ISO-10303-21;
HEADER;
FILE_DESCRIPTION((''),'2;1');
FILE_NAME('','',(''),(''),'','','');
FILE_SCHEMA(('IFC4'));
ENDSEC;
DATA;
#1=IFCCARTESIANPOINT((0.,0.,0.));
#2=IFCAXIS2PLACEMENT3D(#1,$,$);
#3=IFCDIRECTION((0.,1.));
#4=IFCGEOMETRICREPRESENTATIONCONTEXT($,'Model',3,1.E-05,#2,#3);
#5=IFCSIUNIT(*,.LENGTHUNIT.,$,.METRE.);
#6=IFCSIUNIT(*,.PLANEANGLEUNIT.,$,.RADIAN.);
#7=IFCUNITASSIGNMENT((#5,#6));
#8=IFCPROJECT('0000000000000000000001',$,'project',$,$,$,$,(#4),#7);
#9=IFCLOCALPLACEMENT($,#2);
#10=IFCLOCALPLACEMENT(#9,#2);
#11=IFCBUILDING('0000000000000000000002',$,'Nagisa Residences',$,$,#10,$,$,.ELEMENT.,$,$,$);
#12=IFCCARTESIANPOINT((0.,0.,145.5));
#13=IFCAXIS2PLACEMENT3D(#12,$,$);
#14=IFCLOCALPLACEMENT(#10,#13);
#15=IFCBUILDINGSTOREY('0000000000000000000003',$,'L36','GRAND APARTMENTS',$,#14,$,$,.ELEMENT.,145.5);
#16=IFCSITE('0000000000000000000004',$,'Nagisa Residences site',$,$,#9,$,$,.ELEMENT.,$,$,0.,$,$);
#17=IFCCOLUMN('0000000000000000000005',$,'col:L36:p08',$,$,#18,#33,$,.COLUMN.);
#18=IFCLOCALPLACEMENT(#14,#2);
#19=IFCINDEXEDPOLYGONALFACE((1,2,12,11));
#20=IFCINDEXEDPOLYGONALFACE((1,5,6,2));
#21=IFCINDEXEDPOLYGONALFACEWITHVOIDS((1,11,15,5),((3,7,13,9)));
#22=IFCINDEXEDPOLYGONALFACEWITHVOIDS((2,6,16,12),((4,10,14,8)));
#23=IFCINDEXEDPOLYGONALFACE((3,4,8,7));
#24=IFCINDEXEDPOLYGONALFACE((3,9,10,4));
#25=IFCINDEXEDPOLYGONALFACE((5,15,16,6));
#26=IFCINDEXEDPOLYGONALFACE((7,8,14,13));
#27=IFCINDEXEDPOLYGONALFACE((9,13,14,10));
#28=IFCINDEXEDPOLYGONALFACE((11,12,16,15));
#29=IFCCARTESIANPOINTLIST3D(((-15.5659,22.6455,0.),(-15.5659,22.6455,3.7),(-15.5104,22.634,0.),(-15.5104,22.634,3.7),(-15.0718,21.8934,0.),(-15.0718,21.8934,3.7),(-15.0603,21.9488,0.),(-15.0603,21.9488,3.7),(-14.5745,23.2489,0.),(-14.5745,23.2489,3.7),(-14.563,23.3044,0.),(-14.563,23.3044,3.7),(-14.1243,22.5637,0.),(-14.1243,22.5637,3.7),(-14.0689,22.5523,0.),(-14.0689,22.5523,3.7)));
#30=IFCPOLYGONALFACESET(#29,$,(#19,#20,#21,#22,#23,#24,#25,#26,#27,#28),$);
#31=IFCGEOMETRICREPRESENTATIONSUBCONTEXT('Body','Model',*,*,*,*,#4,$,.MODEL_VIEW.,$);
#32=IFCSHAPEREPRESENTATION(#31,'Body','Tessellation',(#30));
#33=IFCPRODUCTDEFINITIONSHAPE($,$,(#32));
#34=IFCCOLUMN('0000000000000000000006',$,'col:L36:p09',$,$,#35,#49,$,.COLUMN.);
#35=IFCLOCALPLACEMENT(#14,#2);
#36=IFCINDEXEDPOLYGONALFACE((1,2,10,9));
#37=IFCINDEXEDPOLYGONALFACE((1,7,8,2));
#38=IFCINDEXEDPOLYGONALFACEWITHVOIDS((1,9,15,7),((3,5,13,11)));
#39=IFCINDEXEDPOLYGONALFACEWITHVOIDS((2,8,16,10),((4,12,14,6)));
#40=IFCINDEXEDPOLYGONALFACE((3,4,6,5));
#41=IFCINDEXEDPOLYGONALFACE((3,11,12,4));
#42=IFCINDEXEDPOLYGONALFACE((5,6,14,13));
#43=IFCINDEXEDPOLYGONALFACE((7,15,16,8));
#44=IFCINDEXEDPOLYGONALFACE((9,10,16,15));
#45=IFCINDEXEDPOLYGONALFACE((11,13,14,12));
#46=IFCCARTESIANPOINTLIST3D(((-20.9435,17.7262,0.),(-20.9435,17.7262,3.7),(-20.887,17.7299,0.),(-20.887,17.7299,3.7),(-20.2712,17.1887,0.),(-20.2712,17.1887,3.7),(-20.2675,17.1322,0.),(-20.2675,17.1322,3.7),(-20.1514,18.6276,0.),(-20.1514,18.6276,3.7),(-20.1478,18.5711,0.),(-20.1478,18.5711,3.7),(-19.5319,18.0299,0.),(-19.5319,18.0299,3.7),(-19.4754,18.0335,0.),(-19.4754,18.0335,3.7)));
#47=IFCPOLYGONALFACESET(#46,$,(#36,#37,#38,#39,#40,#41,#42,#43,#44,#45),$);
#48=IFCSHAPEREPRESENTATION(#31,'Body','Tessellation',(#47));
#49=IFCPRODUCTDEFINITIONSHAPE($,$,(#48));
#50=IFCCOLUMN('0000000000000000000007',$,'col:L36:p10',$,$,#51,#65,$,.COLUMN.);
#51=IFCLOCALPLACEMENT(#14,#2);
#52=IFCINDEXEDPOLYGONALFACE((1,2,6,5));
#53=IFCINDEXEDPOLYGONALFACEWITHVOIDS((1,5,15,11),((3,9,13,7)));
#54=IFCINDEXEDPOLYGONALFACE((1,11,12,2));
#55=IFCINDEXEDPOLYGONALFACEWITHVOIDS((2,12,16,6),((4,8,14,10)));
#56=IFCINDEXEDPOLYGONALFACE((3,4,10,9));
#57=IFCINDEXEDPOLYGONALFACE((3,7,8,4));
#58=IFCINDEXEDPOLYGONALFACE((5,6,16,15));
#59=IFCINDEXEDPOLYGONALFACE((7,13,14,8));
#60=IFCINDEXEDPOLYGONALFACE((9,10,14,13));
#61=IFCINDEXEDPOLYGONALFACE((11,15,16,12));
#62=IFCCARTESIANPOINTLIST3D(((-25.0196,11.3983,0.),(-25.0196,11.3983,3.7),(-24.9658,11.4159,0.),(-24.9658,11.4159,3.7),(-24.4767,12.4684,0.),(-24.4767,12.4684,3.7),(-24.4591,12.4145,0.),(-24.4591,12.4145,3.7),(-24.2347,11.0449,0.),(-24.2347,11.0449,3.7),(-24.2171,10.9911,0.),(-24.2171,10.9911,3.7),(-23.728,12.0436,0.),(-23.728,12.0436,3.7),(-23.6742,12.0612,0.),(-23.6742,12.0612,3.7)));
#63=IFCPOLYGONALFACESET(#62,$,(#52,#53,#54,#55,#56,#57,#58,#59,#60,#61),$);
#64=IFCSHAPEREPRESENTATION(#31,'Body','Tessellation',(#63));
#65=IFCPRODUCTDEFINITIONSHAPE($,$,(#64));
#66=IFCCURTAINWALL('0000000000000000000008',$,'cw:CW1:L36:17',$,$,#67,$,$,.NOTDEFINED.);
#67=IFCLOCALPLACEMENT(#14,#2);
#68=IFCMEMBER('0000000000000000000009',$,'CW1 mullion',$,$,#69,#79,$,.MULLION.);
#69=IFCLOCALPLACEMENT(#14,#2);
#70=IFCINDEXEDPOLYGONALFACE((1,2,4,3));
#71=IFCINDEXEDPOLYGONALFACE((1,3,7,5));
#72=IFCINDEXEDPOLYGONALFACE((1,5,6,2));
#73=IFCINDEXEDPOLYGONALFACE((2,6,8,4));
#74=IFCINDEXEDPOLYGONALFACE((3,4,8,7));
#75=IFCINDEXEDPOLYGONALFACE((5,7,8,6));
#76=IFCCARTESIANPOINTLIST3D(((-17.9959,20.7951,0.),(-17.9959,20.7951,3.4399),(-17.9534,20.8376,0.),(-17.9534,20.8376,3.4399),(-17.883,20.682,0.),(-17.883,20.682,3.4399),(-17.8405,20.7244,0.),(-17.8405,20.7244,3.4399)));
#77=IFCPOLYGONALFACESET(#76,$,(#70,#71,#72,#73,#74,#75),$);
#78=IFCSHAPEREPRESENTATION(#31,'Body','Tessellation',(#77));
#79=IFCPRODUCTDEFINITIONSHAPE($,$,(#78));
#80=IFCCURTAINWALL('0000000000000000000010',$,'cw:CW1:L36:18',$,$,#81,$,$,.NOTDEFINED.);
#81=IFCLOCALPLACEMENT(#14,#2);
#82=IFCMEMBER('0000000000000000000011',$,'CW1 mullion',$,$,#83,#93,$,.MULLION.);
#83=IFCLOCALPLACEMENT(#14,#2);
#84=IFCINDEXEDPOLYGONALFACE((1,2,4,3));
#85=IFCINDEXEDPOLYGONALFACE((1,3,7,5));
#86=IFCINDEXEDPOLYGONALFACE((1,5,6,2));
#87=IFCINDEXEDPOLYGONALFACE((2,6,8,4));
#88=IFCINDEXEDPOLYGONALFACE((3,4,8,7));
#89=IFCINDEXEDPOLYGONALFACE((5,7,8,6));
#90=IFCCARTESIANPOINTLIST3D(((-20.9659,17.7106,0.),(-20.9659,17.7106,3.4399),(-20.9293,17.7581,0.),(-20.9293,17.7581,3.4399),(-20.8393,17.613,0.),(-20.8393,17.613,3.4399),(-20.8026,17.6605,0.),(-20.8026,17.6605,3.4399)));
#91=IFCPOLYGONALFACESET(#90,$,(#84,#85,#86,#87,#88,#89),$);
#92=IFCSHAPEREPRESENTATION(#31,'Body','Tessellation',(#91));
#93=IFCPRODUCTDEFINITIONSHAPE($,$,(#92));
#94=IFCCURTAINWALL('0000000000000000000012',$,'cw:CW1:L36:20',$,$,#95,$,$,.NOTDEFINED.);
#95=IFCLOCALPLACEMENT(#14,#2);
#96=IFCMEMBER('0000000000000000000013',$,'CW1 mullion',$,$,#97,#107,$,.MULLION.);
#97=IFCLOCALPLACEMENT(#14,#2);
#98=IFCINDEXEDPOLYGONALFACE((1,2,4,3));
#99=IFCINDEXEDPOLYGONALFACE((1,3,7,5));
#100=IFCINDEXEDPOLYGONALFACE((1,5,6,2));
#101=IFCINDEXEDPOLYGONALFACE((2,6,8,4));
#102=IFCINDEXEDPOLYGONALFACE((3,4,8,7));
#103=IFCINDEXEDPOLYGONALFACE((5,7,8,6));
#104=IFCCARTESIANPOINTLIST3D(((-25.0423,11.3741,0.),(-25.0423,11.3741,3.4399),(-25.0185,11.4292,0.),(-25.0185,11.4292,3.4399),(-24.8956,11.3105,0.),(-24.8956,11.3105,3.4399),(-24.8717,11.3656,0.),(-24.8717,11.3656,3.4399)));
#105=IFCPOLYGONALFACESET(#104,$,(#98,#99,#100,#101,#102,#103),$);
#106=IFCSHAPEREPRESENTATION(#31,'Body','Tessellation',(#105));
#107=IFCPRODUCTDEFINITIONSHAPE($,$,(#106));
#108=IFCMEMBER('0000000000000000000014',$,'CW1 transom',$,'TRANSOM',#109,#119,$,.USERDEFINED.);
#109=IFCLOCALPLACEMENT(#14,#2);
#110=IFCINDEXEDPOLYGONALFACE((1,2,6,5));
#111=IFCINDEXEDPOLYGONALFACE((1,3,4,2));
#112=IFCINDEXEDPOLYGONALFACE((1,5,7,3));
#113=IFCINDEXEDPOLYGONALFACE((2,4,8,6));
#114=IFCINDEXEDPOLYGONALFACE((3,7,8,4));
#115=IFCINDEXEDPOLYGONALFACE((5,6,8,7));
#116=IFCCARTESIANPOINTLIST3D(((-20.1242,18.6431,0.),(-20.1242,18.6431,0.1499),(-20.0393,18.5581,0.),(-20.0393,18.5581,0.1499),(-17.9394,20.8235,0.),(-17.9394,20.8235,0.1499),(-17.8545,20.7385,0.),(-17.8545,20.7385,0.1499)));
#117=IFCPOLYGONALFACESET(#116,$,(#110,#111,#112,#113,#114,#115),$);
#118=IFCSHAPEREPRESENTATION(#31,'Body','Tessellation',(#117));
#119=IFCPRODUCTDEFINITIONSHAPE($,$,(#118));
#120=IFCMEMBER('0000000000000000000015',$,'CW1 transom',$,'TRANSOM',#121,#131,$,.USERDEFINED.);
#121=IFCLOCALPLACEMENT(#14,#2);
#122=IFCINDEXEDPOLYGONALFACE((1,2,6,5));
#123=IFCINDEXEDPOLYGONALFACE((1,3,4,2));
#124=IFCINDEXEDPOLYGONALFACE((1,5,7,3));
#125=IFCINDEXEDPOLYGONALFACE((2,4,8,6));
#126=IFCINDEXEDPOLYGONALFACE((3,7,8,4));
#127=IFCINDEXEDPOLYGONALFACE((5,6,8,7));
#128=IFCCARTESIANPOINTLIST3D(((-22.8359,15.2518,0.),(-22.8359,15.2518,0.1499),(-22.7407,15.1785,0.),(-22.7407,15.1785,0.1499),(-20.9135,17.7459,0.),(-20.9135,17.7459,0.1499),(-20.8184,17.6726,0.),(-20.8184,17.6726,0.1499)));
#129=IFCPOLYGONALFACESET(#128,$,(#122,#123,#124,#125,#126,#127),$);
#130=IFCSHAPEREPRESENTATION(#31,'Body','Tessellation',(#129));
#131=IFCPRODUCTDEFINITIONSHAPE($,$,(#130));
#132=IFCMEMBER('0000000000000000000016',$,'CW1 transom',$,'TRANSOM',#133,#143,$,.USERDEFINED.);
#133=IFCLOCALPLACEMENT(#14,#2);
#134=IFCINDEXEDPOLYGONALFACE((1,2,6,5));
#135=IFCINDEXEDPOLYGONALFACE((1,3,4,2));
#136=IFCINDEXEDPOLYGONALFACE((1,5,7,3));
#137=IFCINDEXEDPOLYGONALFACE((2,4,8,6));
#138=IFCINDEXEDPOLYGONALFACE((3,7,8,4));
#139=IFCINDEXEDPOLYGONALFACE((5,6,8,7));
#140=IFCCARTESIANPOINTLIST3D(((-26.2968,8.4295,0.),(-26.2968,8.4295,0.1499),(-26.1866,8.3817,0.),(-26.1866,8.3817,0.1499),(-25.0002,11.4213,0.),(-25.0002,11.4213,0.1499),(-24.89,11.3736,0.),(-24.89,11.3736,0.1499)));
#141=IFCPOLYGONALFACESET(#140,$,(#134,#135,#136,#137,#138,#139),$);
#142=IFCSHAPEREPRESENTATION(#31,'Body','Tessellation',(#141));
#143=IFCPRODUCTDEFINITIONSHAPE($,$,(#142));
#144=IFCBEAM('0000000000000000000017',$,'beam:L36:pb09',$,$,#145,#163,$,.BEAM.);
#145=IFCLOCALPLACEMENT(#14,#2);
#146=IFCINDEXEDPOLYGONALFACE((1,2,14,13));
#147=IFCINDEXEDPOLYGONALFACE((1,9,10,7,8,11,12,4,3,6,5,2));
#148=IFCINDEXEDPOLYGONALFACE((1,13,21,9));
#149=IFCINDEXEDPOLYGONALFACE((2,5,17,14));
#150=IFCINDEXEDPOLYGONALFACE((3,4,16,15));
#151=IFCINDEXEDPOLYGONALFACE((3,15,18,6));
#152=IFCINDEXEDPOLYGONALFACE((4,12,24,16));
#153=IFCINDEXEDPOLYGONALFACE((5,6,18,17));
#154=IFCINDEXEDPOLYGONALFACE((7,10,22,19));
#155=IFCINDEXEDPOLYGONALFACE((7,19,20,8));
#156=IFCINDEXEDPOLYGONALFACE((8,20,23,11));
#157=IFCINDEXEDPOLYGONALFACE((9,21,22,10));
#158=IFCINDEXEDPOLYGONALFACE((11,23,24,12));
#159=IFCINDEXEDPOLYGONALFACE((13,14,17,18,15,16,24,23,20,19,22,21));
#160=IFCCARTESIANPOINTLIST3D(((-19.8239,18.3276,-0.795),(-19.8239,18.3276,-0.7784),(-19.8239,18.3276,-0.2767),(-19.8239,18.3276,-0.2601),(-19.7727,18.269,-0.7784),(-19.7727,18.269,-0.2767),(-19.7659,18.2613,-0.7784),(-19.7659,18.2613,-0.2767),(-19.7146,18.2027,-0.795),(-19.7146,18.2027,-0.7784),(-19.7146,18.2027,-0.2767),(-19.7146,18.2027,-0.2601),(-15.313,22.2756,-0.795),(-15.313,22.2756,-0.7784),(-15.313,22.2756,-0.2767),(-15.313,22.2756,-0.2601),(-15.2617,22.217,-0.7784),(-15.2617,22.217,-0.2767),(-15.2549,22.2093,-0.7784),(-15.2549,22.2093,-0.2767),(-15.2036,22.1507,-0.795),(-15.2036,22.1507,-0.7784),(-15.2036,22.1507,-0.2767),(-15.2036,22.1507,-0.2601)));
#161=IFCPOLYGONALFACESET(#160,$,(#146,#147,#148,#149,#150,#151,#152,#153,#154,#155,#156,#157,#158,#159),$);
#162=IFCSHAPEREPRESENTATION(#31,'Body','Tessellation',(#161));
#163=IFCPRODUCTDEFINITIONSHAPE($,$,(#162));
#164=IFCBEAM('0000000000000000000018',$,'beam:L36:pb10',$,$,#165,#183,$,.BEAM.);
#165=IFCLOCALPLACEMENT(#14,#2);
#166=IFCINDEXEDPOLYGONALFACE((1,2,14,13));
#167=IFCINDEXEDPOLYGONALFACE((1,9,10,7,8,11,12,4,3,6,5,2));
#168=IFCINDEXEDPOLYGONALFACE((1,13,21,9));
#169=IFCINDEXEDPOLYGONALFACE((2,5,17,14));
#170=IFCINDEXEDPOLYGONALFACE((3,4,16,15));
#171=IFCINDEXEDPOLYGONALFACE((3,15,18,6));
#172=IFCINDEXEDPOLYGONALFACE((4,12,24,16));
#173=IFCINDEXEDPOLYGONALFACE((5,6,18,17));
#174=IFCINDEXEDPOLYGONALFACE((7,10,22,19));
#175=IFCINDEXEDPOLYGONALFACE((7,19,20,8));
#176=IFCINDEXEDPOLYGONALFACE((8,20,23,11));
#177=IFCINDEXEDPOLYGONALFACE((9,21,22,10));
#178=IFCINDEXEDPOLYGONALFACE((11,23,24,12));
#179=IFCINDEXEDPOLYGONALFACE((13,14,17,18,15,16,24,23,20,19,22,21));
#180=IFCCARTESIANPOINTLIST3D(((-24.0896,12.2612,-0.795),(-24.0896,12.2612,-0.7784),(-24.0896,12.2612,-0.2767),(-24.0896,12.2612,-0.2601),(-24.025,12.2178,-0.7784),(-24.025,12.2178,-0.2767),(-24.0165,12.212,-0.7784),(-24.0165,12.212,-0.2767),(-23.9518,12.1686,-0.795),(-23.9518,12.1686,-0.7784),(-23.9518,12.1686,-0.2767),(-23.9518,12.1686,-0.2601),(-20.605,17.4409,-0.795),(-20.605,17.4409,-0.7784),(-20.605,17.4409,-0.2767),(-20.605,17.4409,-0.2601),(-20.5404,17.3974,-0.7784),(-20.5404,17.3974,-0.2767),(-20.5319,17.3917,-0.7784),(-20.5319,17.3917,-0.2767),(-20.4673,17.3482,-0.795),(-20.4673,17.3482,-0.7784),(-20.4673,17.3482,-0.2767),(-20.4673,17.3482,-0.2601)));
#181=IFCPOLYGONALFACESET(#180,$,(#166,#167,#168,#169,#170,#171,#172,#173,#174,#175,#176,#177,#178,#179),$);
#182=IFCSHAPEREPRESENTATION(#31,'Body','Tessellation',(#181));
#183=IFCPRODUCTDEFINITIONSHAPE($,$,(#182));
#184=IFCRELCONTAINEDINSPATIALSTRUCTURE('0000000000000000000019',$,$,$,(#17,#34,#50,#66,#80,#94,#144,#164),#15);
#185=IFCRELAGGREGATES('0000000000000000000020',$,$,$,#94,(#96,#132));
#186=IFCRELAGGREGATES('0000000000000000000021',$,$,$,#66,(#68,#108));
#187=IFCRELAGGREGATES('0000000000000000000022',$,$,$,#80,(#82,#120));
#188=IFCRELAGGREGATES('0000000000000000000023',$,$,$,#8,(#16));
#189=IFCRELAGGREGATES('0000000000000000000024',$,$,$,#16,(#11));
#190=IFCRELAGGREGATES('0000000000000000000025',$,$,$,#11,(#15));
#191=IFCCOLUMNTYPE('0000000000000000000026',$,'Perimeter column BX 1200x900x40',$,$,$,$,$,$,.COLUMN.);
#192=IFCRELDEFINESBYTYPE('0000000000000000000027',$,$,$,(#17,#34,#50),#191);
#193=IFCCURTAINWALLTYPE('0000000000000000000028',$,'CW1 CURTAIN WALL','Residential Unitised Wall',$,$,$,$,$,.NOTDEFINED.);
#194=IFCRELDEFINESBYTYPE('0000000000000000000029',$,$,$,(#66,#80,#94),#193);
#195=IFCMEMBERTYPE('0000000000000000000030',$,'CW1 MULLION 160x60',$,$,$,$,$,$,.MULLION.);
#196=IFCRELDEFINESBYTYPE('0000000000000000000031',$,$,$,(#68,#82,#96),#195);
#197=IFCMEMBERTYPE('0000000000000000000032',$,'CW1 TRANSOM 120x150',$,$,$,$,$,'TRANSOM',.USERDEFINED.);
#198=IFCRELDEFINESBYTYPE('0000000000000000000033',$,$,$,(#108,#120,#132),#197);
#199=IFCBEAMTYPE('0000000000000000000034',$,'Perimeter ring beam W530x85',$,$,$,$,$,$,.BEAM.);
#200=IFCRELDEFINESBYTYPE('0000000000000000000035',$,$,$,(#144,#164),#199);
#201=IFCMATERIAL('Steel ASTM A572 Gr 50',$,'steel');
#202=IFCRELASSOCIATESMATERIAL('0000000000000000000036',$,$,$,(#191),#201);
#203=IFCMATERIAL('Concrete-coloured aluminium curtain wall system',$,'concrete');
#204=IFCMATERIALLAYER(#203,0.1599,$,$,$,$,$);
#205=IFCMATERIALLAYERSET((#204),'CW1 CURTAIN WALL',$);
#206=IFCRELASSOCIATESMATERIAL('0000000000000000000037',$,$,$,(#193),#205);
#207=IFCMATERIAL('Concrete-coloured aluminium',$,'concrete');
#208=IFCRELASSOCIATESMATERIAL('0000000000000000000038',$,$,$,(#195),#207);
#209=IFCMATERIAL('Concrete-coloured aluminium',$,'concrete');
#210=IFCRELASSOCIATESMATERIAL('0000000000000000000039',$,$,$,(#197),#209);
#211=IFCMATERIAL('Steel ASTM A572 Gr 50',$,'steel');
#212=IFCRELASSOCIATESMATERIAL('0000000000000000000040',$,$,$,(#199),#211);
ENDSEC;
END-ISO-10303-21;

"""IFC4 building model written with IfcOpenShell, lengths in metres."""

from ifc_helpers import new_model, si_unit, direction, frame, origin, origin_2d, place, context, subcontext, project, spatial, rectangle, hollow_rectangle, i_section, extrude, material, layer, layer_set, material_profile, profile_set, type_object, element, aggregate, save


model = new_model("IFC4")

# Units and contexts
model_context = context("Model", 3, precision=1e-05, world=origin(), true_north=direction((0.0, 1.0)))
body_context = subcontext(model_context, "Body", "Model", "MODEL_VIEW")
ifc_project = project(units=[si_unit("LENGTHUNIT", "METRE"), si_unit("PLANEANGLEUNIT", "RADIAN")], contexts=[model_context])

# Site, building, storey
site_placement = place(None, origin())
site = spatial("IfcSite", under=ifc_project, at=site_placement, Name="Nagisa Residences site", CompositionType="ELEMENT", RefElevation=0.0)
building_placement = place(site_placement, origin())
building = spatial("IfcBuilding", under=site, at=building_placement, Name="Nagisa Residences", CompositionType="ELEMENT")
storey_placement = place(building_placement, frame((0.0, 0.0, 145.5)))
storey = spatial("IfcBuildingStorey", under=building, at=storey_placement, Name="L36", Description="GRAND APARTMENTS", CompositionType="ELEMENT", Elevation=145.5)

# Columns
ifc_material_1 = material(Name="Steel ASTM A572 Gr 50", Category="steel")
ifc_material_profile_1 = material_profile(ifc_material_1, hollow_rectangle(XDim=1.2, YDim=0.8999, WallThickness=0.04, at=origin_2d()), Name="BX 1200x900x40")
ifc_profile_set_1 = profile_set([ifc_material_profile_1], Name="Steel ASTM A572 Gr 50")
column_type = type_object("IfcColumnType", Name="Perimeter column BX 1200x900x40", PredefinedType="COLUMN", material=ifc_profile_set_1)
for number, where, z_axis, x_axis, name in (
    (1, (-14.8174, 22.5989, 0.0), (0.0, 0.0, 1.0), (-0.835766, -0.549086, 0.0), "col:L36:p08"),
    (2, (-20.2095, 17.8799, 0.0), (0.0, 0.0, 1.0), (-0.660115, -0.751165, 0.0), "col:L36:p09"),
    (3, (-24.3469, 11.7297, 0.0), (0.0, 0.0, 1.0), (-0.452463, -0.891783, 0.0), "col:L36:p10"),
):
    element("IfcColumn", number, at=place(storey_placement, frame(where, z_axis=z_axis, x_axis=x_axis)), inside=storey, type_object=column_type, Name=name, PredefinedType="COLUMN", context=body_context, shape_type="SweptSolid", body=[
        extrude(hollow_rectangle(XDim=1.2, YDim=0.8999, WallThickness=0.04, at=origin_2d()), origin(), (0.0, 0.0, 1.0), 3.7),
    ])

# Curtain walls, members
ifc_material_2 = material(Name="Concrete-coloured aluminium curtain wall system", Category="concrete")
ifc_layer_1 = layer(ifc_material_2, 0.1599)
ifc_layer_set_1 = layer_set([ifc_layer_1], Name="CW1 CURTAIN WALL")
curtain_wall_type = type_object("IfcCurtainWallType", Name="CW1 CURTAIN WALL", Description="Residential Unitised Wall", PredefinedType="NOTDEFINED", material=ifc_layer_set_1)
curtain_wall_1_placement = place(storey_placement, origin())
curtain_wall_1 = element("IfcCurtainWall", 4, at=curtain_wall_1_placement, inside=storey, type_object=curtain_wall_type, Name="cw:CW1:L36:17", PredefinedType="NOTDEFINED")
ifc_material_3 = material(Name="Concrete-coloured aluminium", Category="concrete")
ifc_material_profile_2 = material_profile(ifc_material_3, rectangle(XDim=0.1599, YDim=0.0601, at=origin_2d()), Name="CW1 MULLION 160x60")
ifc_profile_set_2 = profile_set([ifc_material_profile_2], Name="Concrete-coloured aluminium")
member_type_1 = type_object("IfcMemberType", Name="CW1 MULLION 160x60", PredefinedType="MULLION", material=ifc_profile_set_2)
member_1_placement = place(storey_placement, frame((-17.9182, 20.7598, 0.0), z_axis=(0.0, 0.0, 1.0), x_axis=(0.706377, -0.707836, 0.0)))
member_1 = element("IfcMember", 5, at=member_1_placement, type_object=member_type_1, Name="CW1 mullion", PredefinedType="MULLION", context=body_context, shape_type="SweptSolid", body=[
    extrude(rectangle(XDim=0.1599, YDim=0.0601, at=origin_2d()), origin(), (0.0, 0.0, 1.0), 3.4399),
])
curtain_wall_2_placement = place(storey_placement, origin())
curtain_wall_2 = element("IfcCurtainWall", 6, at=curtain_wall_2_placement, inside=storey, type_object=curtain_wall_type, Name="cw:CW1:L36:18", PredefinedType="NOTDEFINED")
member_2_placement = place(storey_placement, frame((-20.8843, 17.6855, 0.0), z_axis=(0.0, 0.0, 1.0), x_axis=(0.79207, -0.61043, 0.0)))
member_2 = element("IfcMember", 7, at=member_2_placement, type_object=member_type_1, Name="CW1 mullion", PredefinedType="MULLION", context=body_context, shape_type="SweptSolid", body=[
    extrude(rectangle(XDim=0.1599, YDim=0.0601, at=origin_2d()), origin(), (0.0, 0.0, 1.0), 3.4399),
])
curtain_wall_3_placement = place(storey_placement, origin())
curtain_wall_3 = element("IfcCurtainWall", 8, at=curtain_wall_3_placement, inside=storey, type_object=curtain_wall_type, Name="cw:CW1:L36:20", PredefinedType="NOTDEFINED")
member_3_placement = place(storey_placement, frame((-24.957, 11.3699, 0.0), z_axis=(0.0, 0.0, 1.0), x_axis=(0.917543, -0.397636, 0.0)))
member_3 = element("IfcMember", 9, at=member_3_placement, type_object=member_type_1, Name="CW1 mullion", PredefinedType="MULLION", context=body_context, shape_type="SweptSolid", body=[
    extrude(rectangle(XDim=0.1599, YDim=0.0601, at=origin_2d()), origin(), (0.0, 0.0, 1.0), 3.4399),
])

# Members
ifc_material_4 = material(Name="Concrete-coloured aluminium", Category="concrete")
ifc_material_profile_3 = material_profile(ifc_material_4, rectangle(XDim=0.1201, YDim=0.1499, at=origin_2d()), Name="CW1 TRANSOM 120x150")
ifc_profile_set_3 = profile_set([ifc_material_profile_3], Name="Concrete-coloured aluminium")
member_type_2 = type_object("IfcMemberType", Name="CW1 TRANSOM 120x150", ElementType="TRANSOM", PredefinedType="USERDEFINED", material=ifc_profile_set_3)
member_4_placement = place(storey_placement, frame((-17.897, 20.781, 0.075), z_axis=(-0.707818, -0.706395, 0.0), x_axis=(0.706395, -0.707818, 0.0)))
member_4 = element("IfcMember", 10, at=member_4_placement, type_object=member_type_2, Name="CW1 transom", ObjectType="TRANSOM", PredefinedType="USERDEFINED", context=body_context, shape_type="SweptSolid", body=[
    extrude(rectangle(XDim=0.1201, YDim=0.1499, at=origin_2d()), origin(), (0.0, 0.0, 1.0), 3.0867),
])
member_5_placement = place(storey_placement, frame((-20.866, 17.7092, 0.075), z_axis=(-0.610467, -0.792041, 0.0), x_axis=(0.792041, -0.610467, 0.0)))
member_5 = element("IfcMember", 11, at=member_5_placement, type_object=member_type_2, Name="CW1 transom", ObjectType="TRANSOM", PredefinedType="USERDEFINED", context=body_context, shape_type="SweptSolid", body=[
    extrude(rectangle(XDim=0.1201, YDim=0.1499, at=origin_2d()), origin(), (0.0, 0.0, 1.0), 3.1489),
])
member_6_placement = place(storey_placement, frame((-24.9451, 11.3975, 0.075), z_axis=(-0.397639, -0.917542, 0.0), x_axis=(0.917542, -0.397639, 0.0)))
member_6 = element("IfcMember", 12, at=member_6_placement, type_object=member_type_2, Name="CW1 transom", ObjectType="TRANSOM", PredefinedType="USERDEFINED", context=body_context, shape_type="SweptSolid", body=[
    extrude(rectangle(XDim=0.1201, YDim=0.1499, at=origin_2d()), origin(), (0.0, 0.0, 1.0), 3.2607),
])
aggregate(curtain_wall_3, [member_3, member_6])

# Beams
ifc_material_5 = material(Name="Steel ASTM A572 Gr 50", Category="steel")
ifc_material_profile_4 = material_profile(ifc_material_5, i_section(OverallWidth=0.166, OverallDepth=0.5349, WebThickness=0.0103, FlangeThickness=0.0166, at=origin_2d()), Name="W530x85")
ifc_profile_set_4 = profile_set([ifc_material_profile_4], Name="Steel ASTM A572 Gr 50")
beam_type_1 = type_object("IfcBeamType", Name="Perimeter ring beam W530x85", PredefinedType="BEAM", material=ifc_profile_set_4)
beam_1_placement = place(storey_placement, frame((-15.2583, 22.2131, -0.5276), z_axis=(-0.752504, -0.658588, 0.0), x_axis=(0.658588, -0.752504, 0.0)))
element("IfcBeam", 13, at=beam_1_placement, inside=storey, type_object=beam_type_1, Name="beam:L36:pb09", PredefinedType="BEAM", context=body_context, shape_type="SweptSolid", body=[
    extrude(i_section(OverallWidth=0.166, OverallDepth=0.5349, WebThickness=0.0103, FlangeThickness=0.0166, at=origin_2d()), origin(), (0.0, 0.0, 1.0), 5.9946),
])
beam_2_placement = place(storey_placement, frame((-20.5361, 17.3945, -0.5276), z_axis=(-0.558188, -0.829715, 0.0), x_axis=(0.829715, -0.558188, 0.0)))
element("IfcBeam", 14, at=beam_2_placement, inside=storey, type_object=beam_type_1, Name="beam:L36:pb10", PredefinedType="BEAM", context=body_context, shape_type="SweptSolid", body=[
    extrude(i_section(OverallWidth=0.166, OverallDepth=0.5349, WebThickness=0.0103, FlangeThickness=0.0166, at=origin_2d()), origin(), (0.0, 0.0, 1.0), 6.2427),
])

aggregate(curtain_wall_1, [member_1, member_4])
aggregate(curtain_wall_2, [member_2, member_5])

save(model, "model.ifc")
